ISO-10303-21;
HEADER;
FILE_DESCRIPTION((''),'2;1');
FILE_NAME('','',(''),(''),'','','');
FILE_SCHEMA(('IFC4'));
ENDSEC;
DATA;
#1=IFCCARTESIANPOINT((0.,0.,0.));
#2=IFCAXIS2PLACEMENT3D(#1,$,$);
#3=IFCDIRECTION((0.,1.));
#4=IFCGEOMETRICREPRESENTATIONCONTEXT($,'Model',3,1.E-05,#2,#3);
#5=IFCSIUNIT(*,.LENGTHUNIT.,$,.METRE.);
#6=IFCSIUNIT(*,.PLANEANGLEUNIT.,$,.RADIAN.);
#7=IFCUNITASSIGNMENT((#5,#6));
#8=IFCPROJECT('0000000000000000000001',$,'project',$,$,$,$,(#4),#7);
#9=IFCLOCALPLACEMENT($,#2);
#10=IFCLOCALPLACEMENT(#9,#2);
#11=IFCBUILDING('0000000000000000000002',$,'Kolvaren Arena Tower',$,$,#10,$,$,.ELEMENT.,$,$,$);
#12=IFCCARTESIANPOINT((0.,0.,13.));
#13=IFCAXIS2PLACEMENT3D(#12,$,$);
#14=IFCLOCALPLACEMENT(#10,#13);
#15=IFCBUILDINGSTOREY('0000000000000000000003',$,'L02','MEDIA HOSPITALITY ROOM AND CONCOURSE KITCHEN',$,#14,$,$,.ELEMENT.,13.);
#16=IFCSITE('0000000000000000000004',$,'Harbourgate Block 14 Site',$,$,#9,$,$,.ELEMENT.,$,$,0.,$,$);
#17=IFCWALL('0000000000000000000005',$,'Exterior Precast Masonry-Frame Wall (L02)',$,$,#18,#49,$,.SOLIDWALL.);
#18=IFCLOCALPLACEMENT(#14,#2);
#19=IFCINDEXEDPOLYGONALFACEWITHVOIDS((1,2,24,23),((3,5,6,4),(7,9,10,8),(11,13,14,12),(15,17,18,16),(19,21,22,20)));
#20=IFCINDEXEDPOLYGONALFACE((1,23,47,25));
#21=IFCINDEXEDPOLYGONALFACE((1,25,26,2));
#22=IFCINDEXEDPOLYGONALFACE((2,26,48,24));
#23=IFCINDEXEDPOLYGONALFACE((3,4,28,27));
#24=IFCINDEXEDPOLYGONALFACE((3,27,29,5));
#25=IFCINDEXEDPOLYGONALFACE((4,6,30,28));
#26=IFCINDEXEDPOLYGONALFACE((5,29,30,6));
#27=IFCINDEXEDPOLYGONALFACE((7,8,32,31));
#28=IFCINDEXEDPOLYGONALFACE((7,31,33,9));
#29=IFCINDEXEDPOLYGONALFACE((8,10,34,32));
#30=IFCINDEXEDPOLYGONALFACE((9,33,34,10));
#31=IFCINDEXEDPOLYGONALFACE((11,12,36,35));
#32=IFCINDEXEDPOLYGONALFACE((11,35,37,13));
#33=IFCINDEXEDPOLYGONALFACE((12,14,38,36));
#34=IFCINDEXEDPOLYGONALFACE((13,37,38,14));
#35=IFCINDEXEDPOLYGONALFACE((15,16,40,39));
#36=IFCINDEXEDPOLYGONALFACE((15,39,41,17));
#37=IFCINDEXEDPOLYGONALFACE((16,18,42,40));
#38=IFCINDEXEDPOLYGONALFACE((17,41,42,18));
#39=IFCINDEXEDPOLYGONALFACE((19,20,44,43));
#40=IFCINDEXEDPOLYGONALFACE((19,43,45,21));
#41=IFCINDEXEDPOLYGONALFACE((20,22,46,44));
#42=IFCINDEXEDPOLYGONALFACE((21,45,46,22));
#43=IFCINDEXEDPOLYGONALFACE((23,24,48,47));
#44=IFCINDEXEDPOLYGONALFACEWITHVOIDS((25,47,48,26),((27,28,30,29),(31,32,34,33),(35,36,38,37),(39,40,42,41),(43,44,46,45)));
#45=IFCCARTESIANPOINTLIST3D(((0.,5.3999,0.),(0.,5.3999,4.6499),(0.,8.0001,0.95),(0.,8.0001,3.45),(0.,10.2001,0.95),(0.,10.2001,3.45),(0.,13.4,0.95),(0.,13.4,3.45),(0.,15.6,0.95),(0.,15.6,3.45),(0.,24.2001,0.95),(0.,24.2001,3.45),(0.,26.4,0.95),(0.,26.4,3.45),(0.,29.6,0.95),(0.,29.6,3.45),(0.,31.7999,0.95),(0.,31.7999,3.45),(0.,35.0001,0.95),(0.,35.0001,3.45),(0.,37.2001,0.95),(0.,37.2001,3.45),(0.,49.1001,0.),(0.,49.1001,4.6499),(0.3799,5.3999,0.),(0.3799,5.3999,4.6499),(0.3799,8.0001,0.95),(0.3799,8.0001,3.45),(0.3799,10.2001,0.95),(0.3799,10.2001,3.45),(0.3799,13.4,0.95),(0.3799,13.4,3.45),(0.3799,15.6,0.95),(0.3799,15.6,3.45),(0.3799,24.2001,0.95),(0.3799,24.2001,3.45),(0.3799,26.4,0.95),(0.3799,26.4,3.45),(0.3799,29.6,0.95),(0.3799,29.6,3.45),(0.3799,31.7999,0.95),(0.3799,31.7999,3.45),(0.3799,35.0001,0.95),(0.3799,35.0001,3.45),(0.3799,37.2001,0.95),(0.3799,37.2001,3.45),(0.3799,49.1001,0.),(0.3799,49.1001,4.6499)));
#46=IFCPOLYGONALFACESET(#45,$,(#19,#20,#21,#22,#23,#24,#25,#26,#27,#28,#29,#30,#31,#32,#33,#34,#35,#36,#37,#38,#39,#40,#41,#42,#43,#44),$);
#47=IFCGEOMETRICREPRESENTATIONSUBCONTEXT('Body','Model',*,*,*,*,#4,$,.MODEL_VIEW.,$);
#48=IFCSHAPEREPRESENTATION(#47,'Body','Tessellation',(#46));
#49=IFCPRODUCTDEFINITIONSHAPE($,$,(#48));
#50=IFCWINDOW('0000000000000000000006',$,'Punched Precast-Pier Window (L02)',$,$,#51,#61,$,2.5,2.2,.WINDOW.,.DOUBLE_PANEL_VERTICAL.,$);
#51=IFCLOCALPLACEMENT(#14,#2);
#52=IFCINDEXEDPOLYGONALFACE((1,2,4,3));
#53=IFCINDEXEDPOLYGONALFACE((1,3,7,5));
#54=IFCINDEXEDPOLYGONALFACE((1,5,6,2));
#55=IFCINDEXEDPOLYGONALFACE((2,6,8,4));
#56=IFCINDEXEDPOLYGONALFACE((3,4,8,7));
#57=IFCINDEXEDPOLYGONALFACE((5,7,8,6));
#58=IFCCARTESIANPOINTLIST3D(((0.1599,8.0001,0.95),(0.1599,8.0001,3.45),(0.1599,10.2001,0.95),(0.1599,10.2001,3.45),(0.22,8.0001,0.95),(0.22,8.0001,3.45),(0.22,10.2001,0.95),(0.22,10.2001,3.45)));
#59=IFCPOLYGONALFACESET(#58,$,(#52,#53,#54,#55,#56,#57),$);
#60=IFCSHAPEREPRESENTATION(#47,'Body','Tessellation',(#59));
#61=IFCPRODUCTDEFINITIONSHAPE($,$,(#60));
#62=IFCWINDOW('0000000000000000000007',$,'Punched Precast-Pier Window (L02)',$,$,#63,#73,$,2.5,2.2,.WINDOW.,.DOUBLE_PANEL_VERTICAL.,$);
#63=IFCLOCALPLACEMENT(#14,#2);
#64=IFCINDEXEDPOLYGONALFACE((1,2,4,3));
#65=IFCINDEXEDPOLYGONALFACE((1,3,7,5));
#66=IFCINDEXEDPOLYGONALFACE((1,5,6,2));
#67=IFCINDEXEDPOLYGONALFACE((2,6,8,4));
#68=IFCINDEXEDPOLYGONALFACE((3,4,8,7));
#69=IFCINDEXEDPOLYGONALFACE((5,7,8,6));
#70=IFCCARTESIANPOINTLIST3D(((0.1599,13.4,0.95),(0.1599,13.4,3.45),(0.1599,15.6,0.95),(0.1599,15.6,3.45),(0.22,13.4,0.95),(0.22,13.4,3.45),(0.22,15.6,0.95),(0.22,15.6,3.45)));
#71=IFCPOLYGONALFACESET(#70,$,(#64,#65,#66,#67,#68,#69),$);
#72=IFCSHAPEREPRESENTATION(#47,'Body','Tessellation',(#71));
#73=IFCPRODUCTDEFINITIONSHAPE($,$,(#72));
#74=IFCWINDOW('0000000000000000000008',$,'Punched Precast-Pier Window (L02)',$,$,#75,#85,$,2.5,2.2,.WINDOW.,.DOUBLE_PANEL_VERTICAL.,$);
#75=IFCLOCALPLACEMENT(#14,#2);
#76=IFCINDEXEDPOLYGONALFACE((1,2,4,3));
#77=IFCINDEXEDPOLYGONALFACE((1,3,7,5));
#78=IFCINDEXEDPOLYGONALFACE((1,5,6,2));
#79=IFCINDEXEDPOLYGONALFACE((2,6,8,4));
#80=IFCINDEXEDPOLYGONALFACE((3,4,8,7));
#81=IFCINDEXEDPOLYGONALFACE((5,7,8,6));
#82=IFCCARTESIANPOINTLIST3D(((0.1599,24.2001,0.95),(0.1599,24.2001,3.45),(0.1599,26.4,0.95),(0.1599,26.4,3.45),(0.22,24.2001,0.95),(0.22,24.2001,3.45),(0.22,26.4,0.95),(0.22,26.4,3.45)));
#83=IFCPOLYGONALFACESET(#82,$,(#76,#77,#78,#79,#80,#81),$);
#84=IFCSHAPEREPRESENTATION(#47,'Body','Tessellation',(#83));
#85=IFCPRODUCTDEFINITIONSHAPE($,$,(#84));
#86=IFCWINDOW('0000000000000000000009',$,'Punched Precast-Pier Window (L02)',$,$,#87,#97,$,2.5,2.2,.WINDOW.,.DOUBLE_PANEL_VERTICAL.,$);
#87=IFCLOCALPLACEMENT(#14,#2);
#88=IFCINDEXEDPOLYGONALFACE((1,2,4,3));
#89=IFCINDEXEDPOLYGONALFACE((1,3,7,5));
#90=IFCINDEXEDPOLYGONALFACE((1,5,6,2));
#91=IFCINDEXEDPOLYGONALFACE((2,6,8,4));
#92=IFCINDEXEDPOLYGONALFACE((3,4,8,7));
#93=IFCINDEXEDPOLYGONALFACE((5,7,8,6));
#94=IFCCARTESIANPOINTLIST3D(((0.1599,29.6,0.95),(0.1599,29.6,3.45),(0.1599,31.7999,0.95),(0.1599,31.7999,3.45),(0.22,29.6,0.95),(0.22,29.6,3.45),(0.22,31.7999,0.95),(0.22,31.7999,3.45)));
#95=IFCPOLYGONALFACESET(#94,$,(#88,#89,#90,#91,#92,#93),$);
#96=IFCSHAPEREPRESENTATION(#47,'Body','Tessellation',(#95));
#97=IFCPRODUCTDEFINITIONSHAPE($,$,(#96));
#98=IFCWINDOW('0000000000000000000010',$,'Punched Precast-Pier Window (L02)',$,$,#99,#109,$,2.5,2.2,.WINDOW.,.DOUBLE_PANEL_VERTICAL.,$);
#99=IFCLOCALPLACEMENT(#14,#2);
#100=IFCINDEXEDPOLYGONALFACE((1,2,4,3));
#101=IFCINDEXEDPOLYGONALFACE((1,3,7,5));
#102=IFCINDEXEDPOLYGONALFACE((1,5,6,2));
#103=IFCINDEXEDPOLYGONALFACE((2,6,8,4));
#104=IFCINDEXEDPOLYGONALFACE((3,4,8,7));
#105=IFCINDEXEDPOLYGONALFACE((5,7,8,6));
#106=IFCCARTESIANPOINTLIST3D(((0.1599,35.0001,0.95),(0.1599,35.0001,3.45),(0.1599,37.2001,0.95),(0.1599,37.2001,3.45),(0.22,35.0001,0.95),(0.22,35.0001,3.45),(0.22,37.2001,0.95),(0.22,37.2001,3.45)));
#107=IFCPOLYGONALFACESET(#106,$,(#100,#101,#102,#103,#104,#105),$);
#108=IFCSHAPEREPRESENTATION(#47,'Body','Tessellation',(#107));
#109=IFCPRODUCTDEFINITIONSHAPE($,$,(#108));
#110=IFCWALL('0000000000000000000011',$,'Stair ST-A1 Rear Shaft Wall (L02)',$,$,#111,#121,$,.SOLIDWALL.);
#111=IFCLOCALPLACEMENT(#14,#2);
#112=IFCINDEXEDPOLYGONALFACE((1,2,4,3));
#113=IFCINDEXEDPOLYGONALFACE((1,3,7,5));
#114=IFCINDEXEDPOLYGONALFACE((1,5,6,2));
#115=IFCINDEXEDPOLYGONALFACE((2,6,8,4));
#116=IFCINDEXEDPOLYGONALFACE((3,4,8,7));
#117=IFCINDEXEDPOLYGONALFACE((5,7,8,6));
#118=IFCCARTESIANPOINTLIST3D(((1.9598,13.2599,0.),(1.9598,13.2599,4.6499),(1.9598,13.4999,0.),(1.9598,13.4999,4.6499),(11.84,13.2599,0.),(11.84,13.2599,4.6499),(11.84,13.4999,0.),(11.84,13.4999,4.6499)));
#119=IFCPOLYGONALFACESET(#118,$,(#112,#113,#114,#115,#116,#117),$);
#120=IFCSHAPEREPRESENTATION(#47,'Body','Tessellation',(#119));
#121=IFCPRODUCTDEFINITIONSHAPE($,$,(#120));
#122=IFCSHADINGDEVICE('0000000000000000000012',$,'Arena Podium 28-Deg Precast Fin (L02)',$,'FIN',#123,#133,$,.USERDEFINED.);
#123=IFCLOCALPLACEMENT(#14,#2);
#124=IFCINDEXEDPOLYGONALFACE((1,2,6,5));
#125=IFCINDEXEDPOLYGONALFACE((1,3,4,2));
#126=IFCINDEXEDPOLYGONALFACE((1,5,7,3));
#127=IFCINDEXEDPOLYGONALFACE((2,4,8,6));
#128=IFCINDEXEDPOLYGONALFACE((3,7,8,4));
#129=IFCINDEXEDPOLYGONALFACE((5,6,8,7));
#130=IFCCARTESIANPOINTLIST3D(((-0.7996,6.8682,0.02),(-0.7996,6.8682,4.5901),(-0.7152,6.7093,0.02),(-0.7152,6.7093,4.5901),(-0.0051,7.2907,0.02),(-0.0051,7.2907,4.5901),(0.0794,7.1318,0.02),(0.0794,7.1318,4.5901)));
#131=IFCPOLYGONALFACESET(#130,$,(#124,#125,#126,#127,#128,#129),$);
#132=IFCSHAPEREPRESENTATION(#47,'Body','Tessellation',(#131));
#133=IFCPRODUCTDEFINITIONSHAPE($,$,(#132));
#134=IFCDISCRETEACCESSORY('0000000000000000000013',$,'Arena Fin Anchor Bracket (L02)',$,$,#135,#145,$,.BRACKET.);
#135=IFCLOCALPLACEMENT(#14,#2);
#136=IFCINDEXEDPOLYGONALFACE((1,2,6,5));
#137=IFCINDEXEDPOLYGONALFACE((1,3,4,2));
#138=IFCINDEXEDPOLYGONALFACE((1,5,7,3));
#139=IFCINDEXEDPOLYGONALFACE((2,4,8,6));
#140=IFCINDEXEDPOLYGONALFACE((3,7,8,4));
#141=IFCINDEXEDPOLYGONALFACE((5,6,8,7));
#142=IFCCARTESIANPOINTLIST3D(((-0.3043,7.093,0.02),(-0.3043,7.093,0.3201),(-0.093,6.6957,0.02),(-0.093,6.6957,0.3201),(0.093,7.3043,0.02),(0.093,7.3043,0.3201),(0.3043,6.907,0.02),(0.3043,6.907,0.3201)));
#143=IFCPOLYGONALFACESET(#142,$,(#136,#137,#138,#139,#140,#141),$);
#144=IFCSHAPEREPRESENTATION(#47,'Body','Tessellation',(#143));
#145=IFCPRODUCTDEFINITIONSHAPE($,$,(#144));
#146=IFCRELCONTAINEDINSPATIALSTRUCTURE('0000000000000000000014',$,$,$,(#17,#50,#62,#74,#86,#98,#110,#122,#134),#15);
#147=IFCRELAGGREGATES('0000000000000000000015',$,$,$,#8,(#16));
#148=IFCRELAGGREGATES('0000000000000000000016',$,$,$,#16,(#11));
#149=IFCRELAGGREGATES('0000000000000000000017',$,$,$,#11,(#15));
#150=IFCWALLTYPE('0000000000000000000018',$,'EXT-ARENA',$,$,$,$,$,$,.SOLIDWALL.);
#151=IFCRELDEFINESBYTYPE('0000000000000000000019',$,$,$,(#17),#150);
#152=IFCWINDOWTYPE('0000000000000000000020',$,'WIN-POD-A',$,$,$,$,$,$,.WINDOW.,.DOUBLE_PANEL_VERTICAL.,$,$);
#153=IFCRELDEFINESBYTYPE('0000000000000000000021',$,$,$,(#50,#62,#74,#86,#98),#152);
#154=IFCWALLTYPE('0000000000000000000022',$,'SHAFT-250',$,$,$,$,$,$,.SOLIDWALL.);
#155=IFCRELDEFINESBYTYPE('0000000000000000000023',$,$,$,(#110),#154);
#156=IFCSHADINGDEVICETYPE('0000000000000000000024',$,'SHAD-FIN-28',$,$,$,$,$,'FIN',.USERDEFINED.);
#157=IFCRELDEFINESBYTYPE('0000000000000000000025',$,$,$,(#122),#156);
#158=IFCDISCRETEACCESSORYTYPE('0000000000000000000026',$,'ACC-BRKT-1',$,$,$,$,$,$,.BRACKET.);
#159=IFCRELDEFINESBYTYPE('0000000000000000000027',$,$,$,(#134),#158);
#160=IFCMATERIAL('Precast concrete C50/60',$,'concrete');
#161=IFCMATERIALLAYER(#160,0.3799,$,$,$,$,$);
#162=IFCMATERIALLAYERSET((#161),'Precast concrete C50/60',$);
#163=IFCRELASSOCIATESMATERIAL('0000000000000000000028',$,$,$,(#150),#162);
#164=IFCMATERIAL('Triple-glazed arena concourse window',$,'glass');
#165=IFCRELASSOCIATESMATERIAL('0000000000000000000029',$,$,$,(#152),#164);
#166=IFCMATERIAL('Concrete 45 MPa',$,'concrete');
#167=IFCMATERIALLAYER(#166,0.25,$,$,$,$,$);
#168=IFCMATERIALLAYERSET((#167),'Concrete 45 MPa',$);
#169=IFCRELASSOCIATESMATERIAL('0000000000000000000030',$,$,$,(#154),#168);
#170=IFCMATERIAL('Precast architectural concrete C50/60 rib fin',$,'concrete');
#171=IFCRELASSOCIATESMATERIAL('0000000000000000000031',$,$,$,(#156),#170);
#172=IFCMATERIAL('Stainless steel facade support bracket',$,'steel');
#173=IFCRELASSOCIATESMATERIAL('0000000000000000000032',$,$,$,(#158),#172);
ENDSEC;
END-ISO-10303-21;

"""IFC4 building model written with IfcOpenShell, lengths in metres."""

from ifc_helpers import new_model, si_unit, direction, frame, frame_2d, origin, origin_2d, place, context, subcontext, project, spatial, rectangle, extrude, material, layer, layer_set, type_object, element, fill, save


model = new_model("IFC4")

# Units and contexts
model_context = context("Model", 3, precision=1e-05, world=origin(), true_north=direction((0.0, 1.0)))
body_context = subcontext(model_context, "Body", "Model", "MODEL_VIEW")
ifc_project = project(units=[si_unit("LENGTHUNIT", "METRE"), si_unit("PLANEANGLEUNIT", "RADIAN")], contexts=[model_context])

# Site, building, storey
site_placement = place(None, origin())
site = spatial("IfcSite", under=ifc_project, at=site_placement, Name="Harbourgate Block 14 Site", CompositionType="ELEMENT", RefElevation=0.0)
building_placement = place(site_placement, origin())
building = spatial("IfcBuilding", under=site, at=building_placement, Name="Kolvaren Arena Tower", CompositionType="ELEMENT")
storey_placement = place(building_placement, frame((0.0, 0.0, 13.0)))
storey = spatial("IfcBuildingStorey", under=building, at=storey_placement, Name="L02", Description="MEDIA HOSPITALITY ROOM AND CONCOURSE KITCHEN", CompositionType="ELEMENT", Elevation=13.0)

# Wall, openings, windows
ifc_material_1 = material(Name="Precast concrete C50/60", Category="concrete")
ifc_layer_1 = layer(ifc_material_1, 0.3799)
ifc_layer_set_1 = layer_set([ifc_layer_1], Name="Precast concrete C50/60")
wall_type_1 = type_object("IfcWallType", Name="EXT-ARENA", PredefinedType="SOLIDWALL", material=ifc_layer_set_1)
wall_1_placement = place(storey_placement, frame((0.1899, 5.3999, 0.0), z_axis=(0.0, 0.0, 1.0), x_axis=(0.0, 1.0, 0.0)))
wall_1 = element("IfcWall", 1, at=wall_1_placement, inside=storey, type_object=wall_type_1, Name="Exterior Precast Masonry-Frame Wall (L02)", PredefinedType="SOLIDWALL", context=body_context, shape_type="SweptSolid", body=[
    extrude(rectangle(XDim=43.7002, YDim=0.3799, at=frame_2d((21.8501, 0.0))), origin(), (0.0, 0.0, 1.0), 4.6499),
])
opening_1_placement = place(wall_1_placement, frame((2.6001, 0.0, 0.95)))
opening_1 = element("IfcOpeningElement", 2, at=opening_1_placement, cuts=wall_1, PredefinedType="OPENING", context=body_context, shape_type="SweptSolid", body=[
    extrude(rectangle(XDim=2.2, YDim=2.5, at=frame_2d((1.1001, 1.25))), frame((0.0, 0.2, 0.0), z_axis=(0.0, -1.0, 0.0), x_axis=(1.0, 0.0, 0.0)), (0.0, 0.0, 1.0), 0.3999),
])
opening_2_placement = place(wall_1_placement, frame((8.0, 0.0, 0.95)))
opening_2 = element("IfcOpeningElement", 3, at=opening_2_placement, cuts=wall_1, PredefinedType="OPENING", context=body_context, shape_type="SweptSolid", body=[
    extrude(rectangle(XDim=2.2, YDim=2.5, at=frame_2d((1.1001, 1.25))), frame((0.0, 0.2, 0.0), z_axis=(0.0, -1.0, 0.0), x_axis=(1.0, 0.0, 0.0)), (0.0, 0.0, 1.0), 0.3999),
])
opening_3_placement = place(wall_1_placement, frame((18.8, 0.0, 0.95)))
opening_3 = element("IfcOpeningElement", 4, at=opening_3_placement, cuts=wall_1, PredefinedType="OPENING", context=body_context, shape_type="SweptSolid", body=[
    extrude(rectangle(XDim=2.2, YDim=2.5, at=frame_2d((1.1001, 1.25))), frame((0.0, 0.2, 0.0), z_axis=(0.0, -1.0, 0.0), x_axis=(1.0, 0.0, 0.0)), (0.0, 0.0, 1.0), 0.3999),
])
opening_4_placement = place(wall_1_placement, frame((24.2, 0.0, 0.95)))
opening_4 = element("IfcOpeningElement", 5, at=opening_4_placement, cuts=wall_1, PredefinedType="OPENING", context=body_context, shape_type="SweptSolid", body=[
    extrude(rectangle(XDim=2.2, YDim=2.5, at=frame_2d((1.1001, 1.25))), frame((0.0, 0.2, 0.0), z_axis=(0.0, -1.0, 0.0), x_axis=(1.0, 0.0, 0.0)), (0.0, 0.0, 1.0), 0.3999),
])
opening_5_placement = place(wall_1_placement, frame((29.6001, 0.0, 0.95)))
opening_5 = element("IfcOpeningElement", 6, at=opening_5_placement, cuts=wall_1, PredefinedType="OPENING", context=body_context, shape_type="SweptSolid", body=[
    extrude(rectangle(XDim=2.2, YDim=2.5, at=frame_2d((1.1001, 1.25))), frame((0.0, 0.2, 0.0), z_axis=(0.0, -1.0, 0.0), x_axis=(1.0, 0.0, 0.0)), (0.0, 0.0, 1.0), 0.3999),
])
ifc_material_2 = material(Name="Triple-glazed arena concourse window", Category="glass")
window_type = type_object("IfcWindowType", Name="WIN-POD-A", PartitioningType="DOUBLE_PANEL_VERTICAL", PredefinedType="WINDOW", material=ifc_material_2)
window_1_placement = place(opening_1_placement, origin())
window_1 = element("IfcWindow", 7, at=window_1_placement, inside=storey, type_object=window_type, Name="Punched Precast-Pier Window (L02)", OverallHeight=2.5, OverallWidth=2.2, PartitioningType="DOUBLE_PANEL_VERTICAL", PredefinedType="WINDOW", context=body_context, shape_type="SweptSolid", body=[
    extrude(rectangle(XDim=2.2, YDim=2.5, at=frame_2d((1.1001, 1.25))), frame((0.0, 0.03, 0.0), z_axis=(0.0, -1.0, 0.0), x_axis=(1.0, 0.0, 0.0)), (0.0, 0.0, 1.0), 0.0601),
])
fill(opening_1, window_1)
window_2_placement = place(opening_2_placement, origin())
window_2 = element("IfcWindow", 8, at=window_2_placement, inside=storey, type_object=window_type, Name="Punched Precast-Pier Window (L02)", OverallHeight=2.5, OverallWidth=2.2, PartitioningType="DOUBLE_PANEL_VERTICAL", PredefinedType="WINDOW", context=body_context, shape_type="SweptSolid", body=[
    extrude(rectangle(XDim=2.2, YDim=2.5, at=frame_2d((1.1001, 1.25))), frame((0.0, 0.03, 0.0), z_axis=(0.0, -1.0, 0.0), x_axis=(1.0, 0.0, 0.0)), (0.0, 0.0, 1.0), 0.0601),
])
fill(opening_2, window_2)
window_3_placement = place(opening_3_placement, origin())
window_3 = element("IfcWindow", 9, at=window_3_placement, inside=storey, type_object=window_type, Name="Punched Precast-Pier Window (L02)", OverallHeight=2.5, OverallWidth=2.2, PartitioningType="DOUBLE_PANEL_VERTICAL", PredefinedType="WINDOW", context=body_context, shape_type="SweptSolid", body=[
    extrude(rectangle(XDim=2.2, YDim=2.5, at=frame_2d((1.1001, 1.25))), frame((0.0, 0.03, 0.0), z_axis=(0.0, -1.0, 0.0), x_axis=(1.0, 0.0, 0.0)), (0.0, 0.0, 1.0), 0.0601),
])
fill(opening_3, window_3)
window_4_placement = place(opening_4_placement, origin())
window_4 = element("IfcWindow", 10, at=window_4_placement, inside=storey, type_object=window_type, Name="Punched Precast-Pier Window (L02)", OverallHeight=2.5, OverallWidth=2.2, PartitioningType="DOUBLE_PANEL_VERTICAL", PredefinedType="WINDOW", context=body_context, shape_type="SweptSolid", body=[
    extrude(rectangle(XDim=2.2, YDim=2.5, at=frame_2d((1.1001, 1.25))), frame((0.0, 0.03, 0.0), z_axis=(0.0, -1.0, 0.0), x_axis=(1.0, 0.0, 0.0)), (0.0, 0.0, 1.0), 0.0601),
])
fill(opening_4, window_4)
window_5_placement = place(opening_5_placement, origin())
window_5 = element("IfcWindow", 11, at=window_5_placement, inside=storey, type_object=window_type, Name="Punched Precast-Pier Window (L02)", OverallHeight=2.5, OverallWidth=2.2, PartitioningType="DOUBLE_PANEL_VERTICAL", PredefinedType="WINDOW", context=body_context, shape_type="SweptSolid", body=[
    extrude(rectangle(XDim=2.2, YDim=2.5, at=frame_2d((1.1001, 1.25))), frame((0.0, 0.03, 0.0), z_axis=(0.0, -1.0, 0.0), x_axis=(1.0, 0.0, 0.0)), (0.0, 0.0, 1.0), 0.0601),
])
fill(opening_5, window_5)

# Wall
ifc_material_3 = material(Name="Concrete 45 MPa", Category="concrete")
ifc_layer_2 = layer(ifc_material_3, 0.25)
ifc_layer_set_2 = layer_set([ifc_layer_2], Name="Concrete 45 MPa")
wall_type_2 = type_object("IfcWallType", Name="SHAFT-250", PredefinedType="SOLIDWALL", material=ifc_layer_set_2)
wall_2_placement = place(storey_placement, frame((1.96, 13.3799, 0.0), z_axis=(0.0, 0.0, 1.0), x_axis=(1.0, 0.0, 0.0)))
element("IfcWall", 12, at=wall_2_placement, inside=storey, type_object=wall_type_2, Name="Stair ST-A1 Rear Shaft Wall (L02)", PredefinedType="SOLIDWALL", context=body_context, shape_type="SweptSolid", body=[
    extrude(rectangle(XDim=9.8801, YDim=0.24, at=frame_2d((4.9399, 0.0))), origin(), (0.0, 0.0, 1.0), 4.6499),
])

# Shading device
ifc_material_4 = material(Name="Precast architectural concrete C50/60 rib fin", Category="concrete")
shading_device_type = type_object("IfcShadingDeviceType", Name="SHAD-FIN-28", ElementType="FIN", PredefinedType="USERDEFINED", material=ifc_material_4)
shading_device_placement = place(storey_placement, frame((-0.3601, 7.0, 0.02), z_axis=(0.0, 0.0, 1.0), x_axis=(-0.882948, -0.469472, 0.0)))
element("IfcShadingDevice", 13, at=shading_device_placement, inside=storey, type_object=shading_device_type, Name="Arena Podium 28-Deg Precast Fin (L02)", ObjectType="FIN", PredefinedType="USERDEFINED", context=body_context, shape_type="SweptSolid", body=[
    extrude(rectangle(XDim=0.8999, YDim=0.1799, at=origin_2d()), origin(), (0.0, 0.0, 1.0), 4.5701),
])

# Discrete accessory
ifc_material_5 = material(Name="Stainless steel facade support bracket", Category="steel")
discrete_accessory_type = type_object("IfcDiscreteAccessoryType", Name="ACC-BRKT-1", PredefinedType="BRACKET", material=ifc_material_5)
discrete_accessory_placement = place(storey_placement, frame((0.0, 7.0, 0.02), z_axis=(0.0, 0.0, 1.0), x_axis=(-0.882948, -0.469472, 0.0)))
element("IfcDiscreteAccessory", 14, at=discrete_accessory_placement, inside=storey, type_object=discrete_accessory_type, Name="Arena Fin Anchor Bracket (L02)", PredefinedType="BRACKET", context=body_context, shape_type="SweptSolid", body=[
    extrude(rectangle(XDim=0.45, YDim=0.45, at=origin_2d()), origin(), (0.0, 0.0, 1.0), 0.3),
])

save(model, "model.ifc")
